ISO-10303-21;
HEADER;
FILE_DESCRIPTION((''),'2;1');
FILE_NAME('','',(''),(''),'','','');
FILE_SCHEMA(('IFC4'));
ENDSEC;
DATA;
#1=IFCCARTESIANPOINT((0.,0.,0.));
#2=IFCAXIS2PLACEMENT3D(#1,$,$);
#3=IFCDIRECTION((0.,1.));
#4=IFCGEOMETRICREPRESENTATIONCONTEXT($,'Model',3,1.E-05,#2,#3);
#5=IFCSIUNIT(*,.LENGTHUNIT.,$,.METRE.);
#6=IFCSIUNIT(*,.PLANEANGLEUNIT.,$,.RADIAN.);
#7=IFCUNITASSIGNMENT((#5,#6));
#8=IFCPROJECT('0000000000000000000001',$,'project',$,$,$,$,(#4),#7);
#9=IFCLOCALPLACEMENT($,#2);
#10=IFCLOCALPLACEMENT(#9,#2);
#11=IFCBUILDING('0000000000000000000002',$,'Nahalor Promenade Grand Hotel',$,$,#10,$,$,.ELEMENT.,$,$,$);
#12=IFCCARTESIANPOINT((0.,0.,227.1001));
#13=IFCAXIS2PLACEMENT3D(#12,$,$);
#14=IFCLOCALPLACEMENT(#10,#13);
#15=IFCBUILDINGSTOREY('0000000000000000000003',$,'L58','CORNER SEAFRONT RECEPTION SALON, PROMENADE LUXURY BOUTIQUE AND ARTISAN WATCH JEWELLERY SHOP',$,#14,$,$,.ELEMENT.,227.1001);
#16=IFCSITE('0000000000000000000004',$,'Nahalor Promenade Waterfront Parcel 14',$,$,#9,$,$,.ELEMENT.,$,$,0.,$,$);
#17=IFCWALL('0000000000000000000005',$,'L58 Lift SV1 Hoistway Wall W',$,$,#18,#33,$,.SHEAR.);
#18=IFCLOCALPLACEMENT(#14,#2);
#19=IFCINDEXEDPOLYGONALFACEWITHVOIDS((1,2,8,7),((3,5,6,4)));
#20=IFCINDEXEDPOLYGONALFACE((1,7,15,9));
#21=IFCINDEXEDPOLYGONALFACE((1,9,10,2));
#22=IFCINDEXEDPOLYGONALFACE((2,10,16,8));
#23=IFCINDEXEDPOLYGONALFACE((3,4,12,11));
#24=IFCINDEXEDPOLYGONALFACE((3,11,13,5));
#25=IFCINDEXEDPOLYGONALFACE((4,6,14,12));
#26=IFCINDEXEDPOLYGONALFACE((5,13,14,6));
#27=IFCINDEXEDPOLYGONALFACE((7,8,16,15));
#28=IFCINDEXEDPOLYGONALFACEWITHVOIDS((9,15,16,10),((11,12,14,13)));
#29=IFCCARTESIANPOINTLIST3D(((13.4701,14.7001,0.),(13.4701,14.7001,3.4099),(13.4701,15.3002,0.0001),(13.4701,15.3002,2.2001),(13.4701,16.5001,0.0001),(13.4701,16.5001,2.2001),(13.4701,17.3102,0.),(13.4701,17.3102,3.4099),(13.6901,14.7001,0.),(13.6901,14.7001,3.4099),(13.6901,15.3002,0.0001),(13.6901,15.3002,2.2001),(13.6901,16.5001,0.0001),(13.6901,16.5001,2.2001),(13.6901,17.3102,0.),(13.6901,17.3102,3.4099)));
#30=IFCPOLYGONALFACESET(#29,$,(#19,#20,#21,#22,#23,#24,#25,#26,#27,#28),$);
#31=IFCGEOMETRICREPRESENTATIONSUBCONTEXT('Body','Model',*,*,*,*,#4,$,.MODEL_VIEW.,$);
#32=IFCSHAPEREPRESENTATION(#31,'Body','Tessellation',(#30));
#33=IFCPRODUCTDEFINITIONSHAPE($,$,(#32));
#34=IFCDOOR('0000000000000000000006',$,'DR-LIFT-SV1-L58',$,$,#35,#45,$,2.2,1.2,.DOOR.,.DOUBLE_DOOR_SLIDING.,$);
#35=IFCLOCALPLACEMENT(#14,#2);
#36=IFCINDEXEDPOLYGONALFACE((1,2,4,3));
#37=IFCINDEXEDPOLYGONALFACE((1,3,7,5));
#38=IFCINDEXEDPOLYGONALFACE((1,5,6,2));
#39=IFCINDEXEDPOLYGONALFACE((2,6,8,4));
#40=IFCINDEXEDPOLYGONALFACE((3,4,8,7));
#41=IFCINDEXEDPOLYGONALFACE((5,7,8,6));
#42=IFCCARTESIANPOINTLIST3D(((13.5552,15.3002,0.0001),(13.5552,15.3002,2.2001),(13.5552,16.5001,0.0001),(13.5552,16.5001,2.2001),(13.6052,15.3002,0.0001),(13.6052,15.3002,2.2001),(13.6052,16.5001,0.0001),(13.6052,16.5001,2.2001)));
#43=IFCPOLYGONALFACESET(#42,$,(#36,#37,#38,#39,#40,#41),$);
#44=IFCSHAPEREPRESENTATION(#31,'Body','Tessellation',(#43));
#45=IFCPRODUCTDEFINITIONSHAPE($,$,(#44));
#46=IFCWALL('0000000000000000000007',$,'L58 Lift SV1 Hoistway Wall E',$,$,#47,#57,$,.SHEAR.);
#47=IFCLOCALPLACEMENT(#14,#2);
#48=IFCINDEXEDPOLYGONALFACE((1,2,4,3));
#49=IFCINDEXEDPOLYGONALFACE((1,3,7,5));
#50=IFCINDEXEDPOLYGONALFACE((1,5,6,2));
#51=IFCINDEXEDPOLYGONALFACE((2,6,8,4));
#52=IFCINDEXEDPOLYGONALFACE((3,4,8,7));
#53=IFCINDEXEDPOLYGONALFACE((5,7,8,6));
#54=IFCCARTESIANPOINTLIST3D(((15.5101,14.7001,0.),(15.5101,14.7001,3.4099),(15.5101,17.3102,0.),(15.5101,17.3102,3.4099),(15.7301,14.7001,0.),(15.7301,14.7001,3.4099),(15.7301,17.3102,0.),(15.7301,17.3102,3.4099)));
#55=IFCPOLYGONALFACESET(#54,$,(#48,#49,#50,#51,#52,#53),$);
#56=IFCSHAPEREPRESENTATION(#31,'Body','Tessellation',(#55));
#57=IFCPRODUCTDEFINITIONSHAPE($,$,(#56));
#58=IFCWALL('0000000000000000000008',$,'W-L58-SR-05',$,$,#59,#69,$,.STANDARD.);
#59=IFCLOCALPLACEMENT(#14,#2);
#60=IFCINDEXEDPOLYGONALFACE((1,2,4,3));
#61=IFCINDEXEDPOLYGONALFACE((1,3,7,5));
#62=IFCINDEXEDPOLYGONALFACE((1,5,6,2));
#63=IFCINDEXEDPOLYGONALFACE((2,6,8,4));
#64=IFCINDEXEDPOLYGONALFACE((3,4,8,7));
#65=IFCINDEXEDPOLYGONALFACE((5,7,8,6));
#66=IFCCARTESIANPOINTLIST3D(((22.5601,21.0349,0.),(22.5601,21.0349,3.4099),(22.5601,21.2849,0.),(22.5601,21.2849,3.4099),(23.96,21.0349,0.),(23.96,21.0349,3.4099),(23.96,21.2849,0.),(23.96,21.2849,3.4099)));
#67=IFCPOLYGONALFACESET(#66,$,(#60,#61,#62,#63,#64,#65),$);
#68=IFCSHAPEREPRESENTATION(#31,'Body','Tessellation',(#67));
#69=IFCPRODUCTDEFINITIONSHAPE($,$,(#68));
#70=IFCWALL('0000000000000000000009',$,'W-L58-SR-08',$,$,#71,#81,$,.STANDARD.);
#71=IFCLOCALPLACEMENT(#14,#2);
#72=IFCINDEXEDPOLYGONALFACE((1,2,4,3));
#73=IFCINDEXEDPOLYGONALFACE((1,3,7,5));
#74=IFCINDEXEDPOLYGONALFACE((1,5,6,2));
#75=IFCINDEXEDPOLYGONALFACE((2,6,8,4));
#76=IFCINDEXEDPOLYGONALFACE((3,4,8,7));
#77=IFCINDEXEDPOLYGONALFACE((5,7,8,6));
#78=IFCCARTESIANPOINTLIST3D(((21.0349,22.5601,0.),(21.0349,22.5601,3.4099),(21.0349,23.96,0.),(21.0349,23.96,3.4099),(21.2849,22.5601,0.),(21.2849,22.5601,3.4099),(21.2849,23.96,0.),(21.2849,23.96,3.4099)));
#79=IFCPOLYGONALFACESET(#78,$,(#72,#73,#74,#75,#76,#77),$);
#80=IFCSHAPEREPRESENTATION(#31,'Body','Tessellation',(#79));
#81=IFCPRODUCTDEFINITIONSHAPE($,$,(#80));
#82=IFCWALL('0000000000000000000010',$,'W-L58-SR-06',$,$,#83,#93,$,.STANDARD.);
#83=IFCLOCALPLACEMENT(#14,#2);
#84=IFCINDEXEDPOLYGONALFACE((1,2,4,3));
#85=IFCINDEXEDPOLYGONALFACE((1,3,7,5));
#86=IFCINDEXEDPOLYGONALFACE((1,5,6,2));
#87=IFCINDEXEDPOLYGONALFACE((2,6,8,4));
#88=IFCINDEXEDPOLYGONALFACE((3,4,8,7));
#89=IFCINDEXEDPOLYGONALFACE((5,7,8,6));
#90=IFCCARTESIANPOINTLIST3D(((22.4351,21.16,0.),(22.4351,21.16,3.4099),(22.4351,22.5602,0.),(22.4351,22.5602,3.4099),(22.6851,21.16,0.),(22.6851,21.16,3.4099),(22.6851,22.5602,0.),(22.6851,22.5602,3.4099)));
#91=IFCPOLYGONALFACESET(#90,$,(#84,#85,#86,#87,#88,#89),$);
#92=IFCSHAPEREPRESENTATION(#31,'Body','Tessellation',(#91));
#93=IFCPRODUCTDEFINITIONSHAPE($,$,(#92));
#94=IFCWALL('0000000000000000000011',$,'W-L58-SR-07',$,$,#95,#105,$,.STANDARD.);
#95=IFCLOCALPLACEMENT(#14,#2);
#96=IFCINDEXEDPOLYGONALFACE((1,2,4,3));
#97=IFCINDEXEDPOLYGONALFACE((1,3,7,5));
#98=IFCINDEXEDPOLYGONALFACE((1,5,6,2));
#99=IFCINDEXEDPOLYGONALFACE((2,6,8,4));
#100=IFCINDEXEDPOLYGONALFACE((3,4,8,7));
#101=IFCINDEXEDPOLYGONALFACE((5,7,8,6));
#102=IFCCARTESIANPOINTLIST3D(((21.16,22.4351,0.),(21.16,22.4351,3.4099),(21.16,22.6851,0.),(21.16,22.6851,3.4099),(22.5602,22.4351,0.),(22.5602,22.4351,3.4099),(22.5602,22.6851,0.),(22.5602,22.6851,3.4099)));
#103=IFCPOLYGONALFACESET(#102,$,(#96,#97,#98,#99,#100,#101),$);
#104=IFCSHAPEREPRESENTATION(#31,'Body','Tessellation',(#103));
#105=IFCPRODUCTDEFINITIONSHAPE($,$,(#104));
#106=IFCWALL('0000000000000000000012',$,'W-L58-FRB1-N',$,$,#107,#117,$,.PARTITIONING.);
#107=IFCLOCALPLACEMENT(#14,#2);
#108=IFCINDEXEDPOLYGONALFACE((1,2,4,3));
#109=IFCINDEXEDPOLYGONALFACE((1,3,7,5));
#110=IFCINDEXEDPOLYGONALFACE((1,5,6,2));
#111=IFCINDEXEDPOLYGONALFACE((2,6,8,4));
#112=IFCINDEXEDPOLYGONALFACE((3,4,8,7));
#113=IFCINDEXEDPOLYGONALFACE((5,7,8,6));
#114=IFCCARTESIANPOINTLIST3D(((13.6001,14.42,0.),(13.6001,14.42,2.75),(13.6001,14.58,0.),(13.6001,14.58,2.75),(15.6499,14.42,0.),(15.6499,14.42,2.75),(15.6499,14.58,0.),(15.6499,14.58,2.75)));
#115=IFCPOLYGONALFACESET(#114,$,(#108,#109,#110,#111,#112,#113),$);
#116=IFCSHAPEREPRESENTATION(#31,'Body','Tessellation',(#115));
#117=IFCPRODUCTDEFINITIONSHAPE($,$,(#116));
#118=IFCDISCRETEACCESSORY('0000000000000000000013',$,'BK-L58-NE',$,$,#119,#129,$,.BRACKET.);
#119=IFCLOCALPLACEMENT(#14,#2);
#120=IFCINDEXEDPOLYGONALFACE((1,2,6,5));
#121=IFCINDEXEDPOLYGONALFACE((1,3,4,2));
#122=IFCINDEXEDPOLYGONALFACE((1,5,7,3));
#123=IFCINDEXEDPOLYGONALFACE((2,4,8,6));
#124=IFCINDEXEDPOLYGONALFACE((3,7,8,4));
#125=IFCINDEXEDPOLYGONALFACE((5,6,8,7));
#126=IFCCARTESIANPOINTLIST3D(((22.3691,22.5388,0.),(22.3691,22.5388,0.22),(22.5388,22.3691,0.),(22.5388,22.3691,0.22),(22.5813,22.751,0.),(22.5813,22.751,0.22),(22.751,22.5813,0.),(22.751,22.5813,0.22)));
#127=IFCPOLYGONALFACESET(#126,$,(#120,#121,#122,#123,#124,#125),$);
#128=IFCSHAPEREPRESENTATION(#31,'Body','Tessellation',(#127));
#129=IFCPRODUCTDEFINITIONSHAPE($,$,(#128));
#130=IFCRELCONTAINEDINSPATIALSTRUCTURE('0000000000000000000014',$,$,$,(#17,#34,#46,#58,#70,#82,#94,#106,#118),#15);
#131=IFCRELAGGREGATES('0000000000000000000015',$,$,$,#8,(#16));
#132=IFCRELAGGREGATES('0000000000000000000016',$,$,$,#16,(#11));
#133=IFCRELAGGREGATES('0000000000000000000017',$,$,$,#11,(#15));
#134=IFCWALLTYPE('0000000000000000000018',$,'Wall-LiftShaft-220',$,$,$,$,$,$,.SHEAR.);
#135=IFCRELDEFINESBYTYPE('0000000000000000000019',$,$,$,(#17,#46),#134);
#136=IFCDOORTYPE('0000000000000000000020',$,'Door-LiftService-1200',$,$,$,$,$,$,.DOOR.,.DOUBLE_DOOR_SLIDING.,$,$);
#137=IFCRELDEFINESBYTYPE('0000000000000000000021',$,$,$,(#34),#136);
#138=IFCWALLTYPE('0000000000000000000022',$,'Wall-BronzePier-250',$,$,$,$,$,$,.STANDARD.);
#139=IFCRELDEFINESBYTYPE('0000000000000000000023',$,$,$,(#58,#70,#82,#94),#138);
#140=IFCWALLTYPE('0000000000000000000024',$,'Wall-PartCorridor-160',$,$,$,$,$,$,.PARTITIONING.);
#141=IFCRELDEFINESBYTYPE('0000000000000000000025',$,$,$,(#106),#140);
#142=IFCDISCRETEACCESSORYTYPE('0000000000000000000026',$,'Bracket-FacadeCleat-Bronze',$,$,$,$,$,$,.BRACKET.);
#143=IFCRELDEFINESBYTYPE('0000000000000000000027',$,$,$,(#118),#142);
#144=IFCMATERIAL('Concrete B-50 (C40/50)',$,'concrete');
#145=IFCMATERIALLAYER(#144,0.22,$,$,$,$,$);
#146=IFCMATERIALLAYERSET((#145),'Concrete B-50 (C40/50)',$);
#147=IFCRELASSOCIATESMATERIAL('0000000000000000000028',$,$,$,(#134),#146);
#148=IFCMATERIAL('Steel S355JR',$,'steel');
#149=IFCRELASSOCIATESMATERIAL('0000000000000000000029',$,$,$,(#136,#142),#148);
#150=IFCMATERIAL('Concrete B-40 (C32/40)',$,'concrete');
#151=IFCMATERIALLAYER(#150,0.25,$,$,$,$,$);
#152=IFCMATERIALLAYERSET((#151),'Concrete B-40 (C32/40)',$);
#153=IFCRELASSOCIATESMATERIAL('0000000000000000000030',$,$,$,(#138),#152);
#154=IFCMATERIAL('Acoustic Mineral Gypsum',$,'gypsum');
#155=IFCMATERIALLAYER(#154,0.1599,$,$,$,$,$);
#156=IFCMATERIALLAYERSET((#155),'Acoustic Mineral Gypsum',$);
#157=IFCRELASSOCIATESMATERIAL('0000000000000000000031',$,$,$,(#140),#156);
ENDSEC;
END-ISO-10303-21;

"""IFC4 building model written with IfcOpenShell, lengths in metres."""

from ifc_helpers import new_model, si_unit, direction, frame, frame_2d, origin, origin_2d, place, context, subcontext, project, spatial, rectangle, extrude, source, transform, mapped, material, layer, layer_set, type_object, element, fill, save


model = new_model("IFC4")

# Units and contexts
model_context = context("Model", 3, precision=1e-05, world=origin(), true_north=direction((0.0, 1.0)))
body_context = subcontext(model_context, "Body", "Model", "MODEL_VIEW")
ifc_project = project(units=[si_unit("LENGTHUNIT", "METRE"), si_unit("PLANEANGLEUNIT", "RADIAN")], contexts=[model_context])

# Site, building, storey
site_placement = place(None, origin())
site = spatial("IfcSite", under=ifc_project, at=site_placement, Name="Nahalor Promenade Waterfront Parcel 14", CompositionType="ELEMENT", RefElevation=0.0)
building_placement = place(site_placement, origin())
building = spatial("IfcBuilding", under=site, at=building_placement, Name="Nahalor Promenade Grand Hotel", CompositionType="ELEMENT")
storey_placement = place(building_placement, frame((0.0, 0.0, 227.1001)))
storey = spatial("IfcBuildingStorey", under=building, at=storey_placement, Name="L58", Description="CORNER SEAFRONT RECEPTION SALON, PROMENADE LUXURY BOUTIQUE AND ARTISAN WATCH JEWELLERY SHOP", CompositionType="ELEMENT", Elevation=227.1001)

# Shared definitions
ifc_material_1 = material(Name="Steel S355JR", Category="steel")

# Shared definitions
ifc_material_2 = material(Name="Concrete B-50 (C40/50)", Category="concrete")
ifc_layer_1 = layer(ifc_material_2, 0.22)
ifc_layer_set_1 = layer_set([ifc_layer_1], Name="Concrete B-50 (C40/50)")
wall_type_1 = type_object("IfcWallType", Name="Wall-LiftShaft-220", PredefinedType="SHEAR", material=ifc_layer_set_1)

# Wall, opening, door
shared_shape_1 = source(origin(), body_context, "Body", "SweptSolid", [
    extrude(rectangle(XDim=2.6101, YDim=0.22, at=frame_2d((1.3052, 0.0))), origin(), (0.0, 0.0, 1.0), 3.4099),
])
wall_1_placement = place(storey_placement, frame((13.5801, 14.7, 0.0), z_axis=(0.0, 0.0, 1.0), x_axis=(0.0, 1.0, 0.0)))
wall_1 = element("IfcWall", 1, at=wall_1_placement, inside=storey, type_object=wall_type_1, Name="L58 Lift SV1 Hoistway Wall W", PredefinedType="SHEAR", context=body_context, shape_type="MappedRepresentation", body=[
    mapped(shared_shape_1, transform((0.0, 0.0, 0.0), scale=1.0)),
])
opening_placement = place(wall_1_placement, frame((0.6001, 0.0, 0.0)))
opening = element("IfcOpeningElement", 2, at=opening_placement, cuts=wall_1, PredefinedType="OPENING", context=body_context, shape_type="SweptSolid", body=[
    extrude(rectangle(XDim=1.2, YDim=2.2, at=frame_2d((0.6001, 1.1001))), frame((0.0, 0.1199, 0.0), z_axis=(0.0, -1.0, 0.0), x_axis=(1.0, 0.0, 0.0)), (0.0, 0.0, 1.0), 0.24),
])
door_type = type_object("IfcDoorType", Name="Door-LiftService-1200", OperationType="DOUBLE_DOOR_SLIDING", PredefinedType="DOOR", material=ifc_material_1)
shared_shape_2 = source(origin(), body_context, "Body", "SweptSolid", [
    extrude(rectangle(XDim=1.2, YDim=2.2, at=frame_2d((0.6001, 1.1001))), frame((0.0, 0.0249, 0.0), z_axis=(0.0, -1.0, 0.0), x_axis=(1.0, 0.0, 0.0)), (0.0, 0.0, 1.0), 0.05),
])
door_placement = place(opening_placement, origin())
door = element("IfcDoor", 3, at=door_placement, inside=storey, type_object=door_type, Name="DR-LIFT-SV1-L58", OperationType="DOUBLE_DOOR_SLIDING", OverallHeight=2.2, OverallWidth=1.2, PredefinedType="DOOR", context=body_context, shape_type="MappedRepresentation", body=[
    mapped(shared_shape_2, transform((0.0, 0.0, 0.0), scale=1.0)),
])
fill(opening, door)

# Walls
wall_2_placement = place(storey_placement, frame((15.6201, 14.7, 0.0), z_axis=(0.0, 0.0, 1.0), x_axis=(0.0, 1.0, 0.0)))
element("IfcWall", 4, at=wall_2_placement, inside=storey, type_object=wall_type_1, Name="L58 Lift SV1 Hoistway Wall E", PredefinedType="SHEAR", context=body_context, shape_type="MappedRepresentation", body=[
    mapped(shared_shape_1, transform((0.0, 0.0, 0.0), scale=1.0)),
])
ifc_material_3 = material(Name="Concrete B-40 (C32/40)", Category="concrete")
ifc_layer_2 = layer(ifc_material_3, 0.25)
ifc_layer_set_2 = layer_set([ifc_layer_2], Name="Concrete B-40 (C32/40)")
wall_type_2 = type_object("IfcWallType", Name="Wall-BronzePier-250", PredefinedType="STANDARD", material=ifc_layer_set_2)
shared_shape_3 = source(origin(), body_context, "Body", "SweptSolid", [
    extrude(rectangle(XDim=1.3999, YDim=0.25, at=frame_2d((0.7, 0.0))), origin(), (0.0, 0.0, 1.0), 3.4099),
])
for number, where, z_axis, x_axis, name in (
    (5, (22.5601, 21.1599, 0.0), (0.0, 0.0, 1.0), (1.0, 0.0, 0.0), "W-L58-SR-05"),
    (6, (21.1599, 22.5601, 0.0), (0.0, 0.0, 1.0), (0.0, 1.0, 0.0), "W-L58-SR-08"),
):
    element("IfcWall", number, at=place(storey_placement, frame(where, z_axis=z_axis, x_axis=x_axis)), inside=storey, type_object=wall_type_2, Name=name, PredefinedType="STANDARD", context=body_context, shape_type="MappedRepresentation", body=[
        mapped(shared_shape_3, transform((0.0, 0.0, 0.0), scale=1.0)),
    ])
shared_shape_4 = source(origin(), body_context, "Body", "SweptSolid", [
    extrude(rectangle(XDim=1.4001, YDim=0.25, at=frame_2d((0.7002, 0.0))), origin(), (0.0, 0.0, 1.0), 3.4099),
])
for number, where, z_axis, x_axis, name in (
    (7, (22.5601, 21.1599, 0.0), (0.0, 0.0, 1.0), (0.0, 1.0, 0.0), "W-L58-SR-06"),
    (8, (21.1599, 22.5601, 0.0), (0.0, 0.0, 1.0), (1.0, 0.0, 0.0), "W-L58-SR-07"),
):
    element("IfcWall", number, at=place(storey_placement, frame(where, z_axis=z_axis, x_axis=x_axis)), inside=storey, type_object=wall_type_2, Name=name, PredefinedType="STANDARD", context=body_context, shape_type="MappedRepresentation", body=[
        mapped(shared_shape_4, transform((0.0, 0.0, 0.0), scale=1.0)),
    ])
ifc_material_4 = material(Name="Acoustic Mineral Gypsum", Category="gypsum")
ifc_layer_3 = layer(ifc_material_4, 0.1599)
ifc_layer_set_3 = layer_set([ifc_layer_3], Name="Acoustic Mineral Gypsum")
wall_type_3 = type_object("IfcWallType", Name="Wall-PartCorridor-160", PredefinedType="PARTITIONING", material=ifc_layer_set_3)
shared_shape_5 = source(origin(), body_context, "Body", "SweptSolid", [
    extrude(rectangle(XDim=2.0498, YDim=0.1599, at=frame_2d((1.0249, 0.0))), origin(), (0.0, 0.0, 1.0), 2.75),
])
wall_3_placement = place(storey_placement, frame((13.6001, 14.5, 0.0), z_axis=(0.0, 0.0, 1.0), x_axis=(1.0, 0.0, 0.0)))
element("IfcWall", 9, at=wall_3_placement, inside=storey, type_object=wall_type_3, Name="W-L58-FRB1-N", PredefinedType="PARTITIONING", context=body_context, shape_type="MappedRepresentation", body=[
    mapped(shared_shape_5, transform((0.0, 0.0, 0.0), scale=1.0)),
])

# Discrete accessory
discrete_accessory_type = type_object("IfcDiscreteAccessoryType", Name="Bracket-FacadeCleat-Bronze", PredefinedType="BRACKET", material=ifc_material_1)
shared_shape_6 = source(origin(), body_context, "Body", "SweptSolid", [
    extrude(rectangle(XDim=0.3, YDim=0.24, at=origin_2d()), origin(), (0.0, 0.0, 1.0), 0.22),
])
discrete_accessory_placement = place(storey_placement, frame((22.5601, 22.5601, 0.0), z_axis=(0.0, 0.0, 1.0), x_axis=(0.707107, 0.707107, 0.0)))
element("IfcDiscreteAccessory", 10, at=discrete_accessory_placement, inside=storey, type_object=discrete_accessory_type, Name="BK-L58-NE", PredefinedType="BRACKET", context=body_context, shape_type="MappedRepresentation", body=[
    mapped(shared_shape_6, transform((0.0, 0.0, 0.0), scale=1.0)),
])

save(model, "model.ifc")
